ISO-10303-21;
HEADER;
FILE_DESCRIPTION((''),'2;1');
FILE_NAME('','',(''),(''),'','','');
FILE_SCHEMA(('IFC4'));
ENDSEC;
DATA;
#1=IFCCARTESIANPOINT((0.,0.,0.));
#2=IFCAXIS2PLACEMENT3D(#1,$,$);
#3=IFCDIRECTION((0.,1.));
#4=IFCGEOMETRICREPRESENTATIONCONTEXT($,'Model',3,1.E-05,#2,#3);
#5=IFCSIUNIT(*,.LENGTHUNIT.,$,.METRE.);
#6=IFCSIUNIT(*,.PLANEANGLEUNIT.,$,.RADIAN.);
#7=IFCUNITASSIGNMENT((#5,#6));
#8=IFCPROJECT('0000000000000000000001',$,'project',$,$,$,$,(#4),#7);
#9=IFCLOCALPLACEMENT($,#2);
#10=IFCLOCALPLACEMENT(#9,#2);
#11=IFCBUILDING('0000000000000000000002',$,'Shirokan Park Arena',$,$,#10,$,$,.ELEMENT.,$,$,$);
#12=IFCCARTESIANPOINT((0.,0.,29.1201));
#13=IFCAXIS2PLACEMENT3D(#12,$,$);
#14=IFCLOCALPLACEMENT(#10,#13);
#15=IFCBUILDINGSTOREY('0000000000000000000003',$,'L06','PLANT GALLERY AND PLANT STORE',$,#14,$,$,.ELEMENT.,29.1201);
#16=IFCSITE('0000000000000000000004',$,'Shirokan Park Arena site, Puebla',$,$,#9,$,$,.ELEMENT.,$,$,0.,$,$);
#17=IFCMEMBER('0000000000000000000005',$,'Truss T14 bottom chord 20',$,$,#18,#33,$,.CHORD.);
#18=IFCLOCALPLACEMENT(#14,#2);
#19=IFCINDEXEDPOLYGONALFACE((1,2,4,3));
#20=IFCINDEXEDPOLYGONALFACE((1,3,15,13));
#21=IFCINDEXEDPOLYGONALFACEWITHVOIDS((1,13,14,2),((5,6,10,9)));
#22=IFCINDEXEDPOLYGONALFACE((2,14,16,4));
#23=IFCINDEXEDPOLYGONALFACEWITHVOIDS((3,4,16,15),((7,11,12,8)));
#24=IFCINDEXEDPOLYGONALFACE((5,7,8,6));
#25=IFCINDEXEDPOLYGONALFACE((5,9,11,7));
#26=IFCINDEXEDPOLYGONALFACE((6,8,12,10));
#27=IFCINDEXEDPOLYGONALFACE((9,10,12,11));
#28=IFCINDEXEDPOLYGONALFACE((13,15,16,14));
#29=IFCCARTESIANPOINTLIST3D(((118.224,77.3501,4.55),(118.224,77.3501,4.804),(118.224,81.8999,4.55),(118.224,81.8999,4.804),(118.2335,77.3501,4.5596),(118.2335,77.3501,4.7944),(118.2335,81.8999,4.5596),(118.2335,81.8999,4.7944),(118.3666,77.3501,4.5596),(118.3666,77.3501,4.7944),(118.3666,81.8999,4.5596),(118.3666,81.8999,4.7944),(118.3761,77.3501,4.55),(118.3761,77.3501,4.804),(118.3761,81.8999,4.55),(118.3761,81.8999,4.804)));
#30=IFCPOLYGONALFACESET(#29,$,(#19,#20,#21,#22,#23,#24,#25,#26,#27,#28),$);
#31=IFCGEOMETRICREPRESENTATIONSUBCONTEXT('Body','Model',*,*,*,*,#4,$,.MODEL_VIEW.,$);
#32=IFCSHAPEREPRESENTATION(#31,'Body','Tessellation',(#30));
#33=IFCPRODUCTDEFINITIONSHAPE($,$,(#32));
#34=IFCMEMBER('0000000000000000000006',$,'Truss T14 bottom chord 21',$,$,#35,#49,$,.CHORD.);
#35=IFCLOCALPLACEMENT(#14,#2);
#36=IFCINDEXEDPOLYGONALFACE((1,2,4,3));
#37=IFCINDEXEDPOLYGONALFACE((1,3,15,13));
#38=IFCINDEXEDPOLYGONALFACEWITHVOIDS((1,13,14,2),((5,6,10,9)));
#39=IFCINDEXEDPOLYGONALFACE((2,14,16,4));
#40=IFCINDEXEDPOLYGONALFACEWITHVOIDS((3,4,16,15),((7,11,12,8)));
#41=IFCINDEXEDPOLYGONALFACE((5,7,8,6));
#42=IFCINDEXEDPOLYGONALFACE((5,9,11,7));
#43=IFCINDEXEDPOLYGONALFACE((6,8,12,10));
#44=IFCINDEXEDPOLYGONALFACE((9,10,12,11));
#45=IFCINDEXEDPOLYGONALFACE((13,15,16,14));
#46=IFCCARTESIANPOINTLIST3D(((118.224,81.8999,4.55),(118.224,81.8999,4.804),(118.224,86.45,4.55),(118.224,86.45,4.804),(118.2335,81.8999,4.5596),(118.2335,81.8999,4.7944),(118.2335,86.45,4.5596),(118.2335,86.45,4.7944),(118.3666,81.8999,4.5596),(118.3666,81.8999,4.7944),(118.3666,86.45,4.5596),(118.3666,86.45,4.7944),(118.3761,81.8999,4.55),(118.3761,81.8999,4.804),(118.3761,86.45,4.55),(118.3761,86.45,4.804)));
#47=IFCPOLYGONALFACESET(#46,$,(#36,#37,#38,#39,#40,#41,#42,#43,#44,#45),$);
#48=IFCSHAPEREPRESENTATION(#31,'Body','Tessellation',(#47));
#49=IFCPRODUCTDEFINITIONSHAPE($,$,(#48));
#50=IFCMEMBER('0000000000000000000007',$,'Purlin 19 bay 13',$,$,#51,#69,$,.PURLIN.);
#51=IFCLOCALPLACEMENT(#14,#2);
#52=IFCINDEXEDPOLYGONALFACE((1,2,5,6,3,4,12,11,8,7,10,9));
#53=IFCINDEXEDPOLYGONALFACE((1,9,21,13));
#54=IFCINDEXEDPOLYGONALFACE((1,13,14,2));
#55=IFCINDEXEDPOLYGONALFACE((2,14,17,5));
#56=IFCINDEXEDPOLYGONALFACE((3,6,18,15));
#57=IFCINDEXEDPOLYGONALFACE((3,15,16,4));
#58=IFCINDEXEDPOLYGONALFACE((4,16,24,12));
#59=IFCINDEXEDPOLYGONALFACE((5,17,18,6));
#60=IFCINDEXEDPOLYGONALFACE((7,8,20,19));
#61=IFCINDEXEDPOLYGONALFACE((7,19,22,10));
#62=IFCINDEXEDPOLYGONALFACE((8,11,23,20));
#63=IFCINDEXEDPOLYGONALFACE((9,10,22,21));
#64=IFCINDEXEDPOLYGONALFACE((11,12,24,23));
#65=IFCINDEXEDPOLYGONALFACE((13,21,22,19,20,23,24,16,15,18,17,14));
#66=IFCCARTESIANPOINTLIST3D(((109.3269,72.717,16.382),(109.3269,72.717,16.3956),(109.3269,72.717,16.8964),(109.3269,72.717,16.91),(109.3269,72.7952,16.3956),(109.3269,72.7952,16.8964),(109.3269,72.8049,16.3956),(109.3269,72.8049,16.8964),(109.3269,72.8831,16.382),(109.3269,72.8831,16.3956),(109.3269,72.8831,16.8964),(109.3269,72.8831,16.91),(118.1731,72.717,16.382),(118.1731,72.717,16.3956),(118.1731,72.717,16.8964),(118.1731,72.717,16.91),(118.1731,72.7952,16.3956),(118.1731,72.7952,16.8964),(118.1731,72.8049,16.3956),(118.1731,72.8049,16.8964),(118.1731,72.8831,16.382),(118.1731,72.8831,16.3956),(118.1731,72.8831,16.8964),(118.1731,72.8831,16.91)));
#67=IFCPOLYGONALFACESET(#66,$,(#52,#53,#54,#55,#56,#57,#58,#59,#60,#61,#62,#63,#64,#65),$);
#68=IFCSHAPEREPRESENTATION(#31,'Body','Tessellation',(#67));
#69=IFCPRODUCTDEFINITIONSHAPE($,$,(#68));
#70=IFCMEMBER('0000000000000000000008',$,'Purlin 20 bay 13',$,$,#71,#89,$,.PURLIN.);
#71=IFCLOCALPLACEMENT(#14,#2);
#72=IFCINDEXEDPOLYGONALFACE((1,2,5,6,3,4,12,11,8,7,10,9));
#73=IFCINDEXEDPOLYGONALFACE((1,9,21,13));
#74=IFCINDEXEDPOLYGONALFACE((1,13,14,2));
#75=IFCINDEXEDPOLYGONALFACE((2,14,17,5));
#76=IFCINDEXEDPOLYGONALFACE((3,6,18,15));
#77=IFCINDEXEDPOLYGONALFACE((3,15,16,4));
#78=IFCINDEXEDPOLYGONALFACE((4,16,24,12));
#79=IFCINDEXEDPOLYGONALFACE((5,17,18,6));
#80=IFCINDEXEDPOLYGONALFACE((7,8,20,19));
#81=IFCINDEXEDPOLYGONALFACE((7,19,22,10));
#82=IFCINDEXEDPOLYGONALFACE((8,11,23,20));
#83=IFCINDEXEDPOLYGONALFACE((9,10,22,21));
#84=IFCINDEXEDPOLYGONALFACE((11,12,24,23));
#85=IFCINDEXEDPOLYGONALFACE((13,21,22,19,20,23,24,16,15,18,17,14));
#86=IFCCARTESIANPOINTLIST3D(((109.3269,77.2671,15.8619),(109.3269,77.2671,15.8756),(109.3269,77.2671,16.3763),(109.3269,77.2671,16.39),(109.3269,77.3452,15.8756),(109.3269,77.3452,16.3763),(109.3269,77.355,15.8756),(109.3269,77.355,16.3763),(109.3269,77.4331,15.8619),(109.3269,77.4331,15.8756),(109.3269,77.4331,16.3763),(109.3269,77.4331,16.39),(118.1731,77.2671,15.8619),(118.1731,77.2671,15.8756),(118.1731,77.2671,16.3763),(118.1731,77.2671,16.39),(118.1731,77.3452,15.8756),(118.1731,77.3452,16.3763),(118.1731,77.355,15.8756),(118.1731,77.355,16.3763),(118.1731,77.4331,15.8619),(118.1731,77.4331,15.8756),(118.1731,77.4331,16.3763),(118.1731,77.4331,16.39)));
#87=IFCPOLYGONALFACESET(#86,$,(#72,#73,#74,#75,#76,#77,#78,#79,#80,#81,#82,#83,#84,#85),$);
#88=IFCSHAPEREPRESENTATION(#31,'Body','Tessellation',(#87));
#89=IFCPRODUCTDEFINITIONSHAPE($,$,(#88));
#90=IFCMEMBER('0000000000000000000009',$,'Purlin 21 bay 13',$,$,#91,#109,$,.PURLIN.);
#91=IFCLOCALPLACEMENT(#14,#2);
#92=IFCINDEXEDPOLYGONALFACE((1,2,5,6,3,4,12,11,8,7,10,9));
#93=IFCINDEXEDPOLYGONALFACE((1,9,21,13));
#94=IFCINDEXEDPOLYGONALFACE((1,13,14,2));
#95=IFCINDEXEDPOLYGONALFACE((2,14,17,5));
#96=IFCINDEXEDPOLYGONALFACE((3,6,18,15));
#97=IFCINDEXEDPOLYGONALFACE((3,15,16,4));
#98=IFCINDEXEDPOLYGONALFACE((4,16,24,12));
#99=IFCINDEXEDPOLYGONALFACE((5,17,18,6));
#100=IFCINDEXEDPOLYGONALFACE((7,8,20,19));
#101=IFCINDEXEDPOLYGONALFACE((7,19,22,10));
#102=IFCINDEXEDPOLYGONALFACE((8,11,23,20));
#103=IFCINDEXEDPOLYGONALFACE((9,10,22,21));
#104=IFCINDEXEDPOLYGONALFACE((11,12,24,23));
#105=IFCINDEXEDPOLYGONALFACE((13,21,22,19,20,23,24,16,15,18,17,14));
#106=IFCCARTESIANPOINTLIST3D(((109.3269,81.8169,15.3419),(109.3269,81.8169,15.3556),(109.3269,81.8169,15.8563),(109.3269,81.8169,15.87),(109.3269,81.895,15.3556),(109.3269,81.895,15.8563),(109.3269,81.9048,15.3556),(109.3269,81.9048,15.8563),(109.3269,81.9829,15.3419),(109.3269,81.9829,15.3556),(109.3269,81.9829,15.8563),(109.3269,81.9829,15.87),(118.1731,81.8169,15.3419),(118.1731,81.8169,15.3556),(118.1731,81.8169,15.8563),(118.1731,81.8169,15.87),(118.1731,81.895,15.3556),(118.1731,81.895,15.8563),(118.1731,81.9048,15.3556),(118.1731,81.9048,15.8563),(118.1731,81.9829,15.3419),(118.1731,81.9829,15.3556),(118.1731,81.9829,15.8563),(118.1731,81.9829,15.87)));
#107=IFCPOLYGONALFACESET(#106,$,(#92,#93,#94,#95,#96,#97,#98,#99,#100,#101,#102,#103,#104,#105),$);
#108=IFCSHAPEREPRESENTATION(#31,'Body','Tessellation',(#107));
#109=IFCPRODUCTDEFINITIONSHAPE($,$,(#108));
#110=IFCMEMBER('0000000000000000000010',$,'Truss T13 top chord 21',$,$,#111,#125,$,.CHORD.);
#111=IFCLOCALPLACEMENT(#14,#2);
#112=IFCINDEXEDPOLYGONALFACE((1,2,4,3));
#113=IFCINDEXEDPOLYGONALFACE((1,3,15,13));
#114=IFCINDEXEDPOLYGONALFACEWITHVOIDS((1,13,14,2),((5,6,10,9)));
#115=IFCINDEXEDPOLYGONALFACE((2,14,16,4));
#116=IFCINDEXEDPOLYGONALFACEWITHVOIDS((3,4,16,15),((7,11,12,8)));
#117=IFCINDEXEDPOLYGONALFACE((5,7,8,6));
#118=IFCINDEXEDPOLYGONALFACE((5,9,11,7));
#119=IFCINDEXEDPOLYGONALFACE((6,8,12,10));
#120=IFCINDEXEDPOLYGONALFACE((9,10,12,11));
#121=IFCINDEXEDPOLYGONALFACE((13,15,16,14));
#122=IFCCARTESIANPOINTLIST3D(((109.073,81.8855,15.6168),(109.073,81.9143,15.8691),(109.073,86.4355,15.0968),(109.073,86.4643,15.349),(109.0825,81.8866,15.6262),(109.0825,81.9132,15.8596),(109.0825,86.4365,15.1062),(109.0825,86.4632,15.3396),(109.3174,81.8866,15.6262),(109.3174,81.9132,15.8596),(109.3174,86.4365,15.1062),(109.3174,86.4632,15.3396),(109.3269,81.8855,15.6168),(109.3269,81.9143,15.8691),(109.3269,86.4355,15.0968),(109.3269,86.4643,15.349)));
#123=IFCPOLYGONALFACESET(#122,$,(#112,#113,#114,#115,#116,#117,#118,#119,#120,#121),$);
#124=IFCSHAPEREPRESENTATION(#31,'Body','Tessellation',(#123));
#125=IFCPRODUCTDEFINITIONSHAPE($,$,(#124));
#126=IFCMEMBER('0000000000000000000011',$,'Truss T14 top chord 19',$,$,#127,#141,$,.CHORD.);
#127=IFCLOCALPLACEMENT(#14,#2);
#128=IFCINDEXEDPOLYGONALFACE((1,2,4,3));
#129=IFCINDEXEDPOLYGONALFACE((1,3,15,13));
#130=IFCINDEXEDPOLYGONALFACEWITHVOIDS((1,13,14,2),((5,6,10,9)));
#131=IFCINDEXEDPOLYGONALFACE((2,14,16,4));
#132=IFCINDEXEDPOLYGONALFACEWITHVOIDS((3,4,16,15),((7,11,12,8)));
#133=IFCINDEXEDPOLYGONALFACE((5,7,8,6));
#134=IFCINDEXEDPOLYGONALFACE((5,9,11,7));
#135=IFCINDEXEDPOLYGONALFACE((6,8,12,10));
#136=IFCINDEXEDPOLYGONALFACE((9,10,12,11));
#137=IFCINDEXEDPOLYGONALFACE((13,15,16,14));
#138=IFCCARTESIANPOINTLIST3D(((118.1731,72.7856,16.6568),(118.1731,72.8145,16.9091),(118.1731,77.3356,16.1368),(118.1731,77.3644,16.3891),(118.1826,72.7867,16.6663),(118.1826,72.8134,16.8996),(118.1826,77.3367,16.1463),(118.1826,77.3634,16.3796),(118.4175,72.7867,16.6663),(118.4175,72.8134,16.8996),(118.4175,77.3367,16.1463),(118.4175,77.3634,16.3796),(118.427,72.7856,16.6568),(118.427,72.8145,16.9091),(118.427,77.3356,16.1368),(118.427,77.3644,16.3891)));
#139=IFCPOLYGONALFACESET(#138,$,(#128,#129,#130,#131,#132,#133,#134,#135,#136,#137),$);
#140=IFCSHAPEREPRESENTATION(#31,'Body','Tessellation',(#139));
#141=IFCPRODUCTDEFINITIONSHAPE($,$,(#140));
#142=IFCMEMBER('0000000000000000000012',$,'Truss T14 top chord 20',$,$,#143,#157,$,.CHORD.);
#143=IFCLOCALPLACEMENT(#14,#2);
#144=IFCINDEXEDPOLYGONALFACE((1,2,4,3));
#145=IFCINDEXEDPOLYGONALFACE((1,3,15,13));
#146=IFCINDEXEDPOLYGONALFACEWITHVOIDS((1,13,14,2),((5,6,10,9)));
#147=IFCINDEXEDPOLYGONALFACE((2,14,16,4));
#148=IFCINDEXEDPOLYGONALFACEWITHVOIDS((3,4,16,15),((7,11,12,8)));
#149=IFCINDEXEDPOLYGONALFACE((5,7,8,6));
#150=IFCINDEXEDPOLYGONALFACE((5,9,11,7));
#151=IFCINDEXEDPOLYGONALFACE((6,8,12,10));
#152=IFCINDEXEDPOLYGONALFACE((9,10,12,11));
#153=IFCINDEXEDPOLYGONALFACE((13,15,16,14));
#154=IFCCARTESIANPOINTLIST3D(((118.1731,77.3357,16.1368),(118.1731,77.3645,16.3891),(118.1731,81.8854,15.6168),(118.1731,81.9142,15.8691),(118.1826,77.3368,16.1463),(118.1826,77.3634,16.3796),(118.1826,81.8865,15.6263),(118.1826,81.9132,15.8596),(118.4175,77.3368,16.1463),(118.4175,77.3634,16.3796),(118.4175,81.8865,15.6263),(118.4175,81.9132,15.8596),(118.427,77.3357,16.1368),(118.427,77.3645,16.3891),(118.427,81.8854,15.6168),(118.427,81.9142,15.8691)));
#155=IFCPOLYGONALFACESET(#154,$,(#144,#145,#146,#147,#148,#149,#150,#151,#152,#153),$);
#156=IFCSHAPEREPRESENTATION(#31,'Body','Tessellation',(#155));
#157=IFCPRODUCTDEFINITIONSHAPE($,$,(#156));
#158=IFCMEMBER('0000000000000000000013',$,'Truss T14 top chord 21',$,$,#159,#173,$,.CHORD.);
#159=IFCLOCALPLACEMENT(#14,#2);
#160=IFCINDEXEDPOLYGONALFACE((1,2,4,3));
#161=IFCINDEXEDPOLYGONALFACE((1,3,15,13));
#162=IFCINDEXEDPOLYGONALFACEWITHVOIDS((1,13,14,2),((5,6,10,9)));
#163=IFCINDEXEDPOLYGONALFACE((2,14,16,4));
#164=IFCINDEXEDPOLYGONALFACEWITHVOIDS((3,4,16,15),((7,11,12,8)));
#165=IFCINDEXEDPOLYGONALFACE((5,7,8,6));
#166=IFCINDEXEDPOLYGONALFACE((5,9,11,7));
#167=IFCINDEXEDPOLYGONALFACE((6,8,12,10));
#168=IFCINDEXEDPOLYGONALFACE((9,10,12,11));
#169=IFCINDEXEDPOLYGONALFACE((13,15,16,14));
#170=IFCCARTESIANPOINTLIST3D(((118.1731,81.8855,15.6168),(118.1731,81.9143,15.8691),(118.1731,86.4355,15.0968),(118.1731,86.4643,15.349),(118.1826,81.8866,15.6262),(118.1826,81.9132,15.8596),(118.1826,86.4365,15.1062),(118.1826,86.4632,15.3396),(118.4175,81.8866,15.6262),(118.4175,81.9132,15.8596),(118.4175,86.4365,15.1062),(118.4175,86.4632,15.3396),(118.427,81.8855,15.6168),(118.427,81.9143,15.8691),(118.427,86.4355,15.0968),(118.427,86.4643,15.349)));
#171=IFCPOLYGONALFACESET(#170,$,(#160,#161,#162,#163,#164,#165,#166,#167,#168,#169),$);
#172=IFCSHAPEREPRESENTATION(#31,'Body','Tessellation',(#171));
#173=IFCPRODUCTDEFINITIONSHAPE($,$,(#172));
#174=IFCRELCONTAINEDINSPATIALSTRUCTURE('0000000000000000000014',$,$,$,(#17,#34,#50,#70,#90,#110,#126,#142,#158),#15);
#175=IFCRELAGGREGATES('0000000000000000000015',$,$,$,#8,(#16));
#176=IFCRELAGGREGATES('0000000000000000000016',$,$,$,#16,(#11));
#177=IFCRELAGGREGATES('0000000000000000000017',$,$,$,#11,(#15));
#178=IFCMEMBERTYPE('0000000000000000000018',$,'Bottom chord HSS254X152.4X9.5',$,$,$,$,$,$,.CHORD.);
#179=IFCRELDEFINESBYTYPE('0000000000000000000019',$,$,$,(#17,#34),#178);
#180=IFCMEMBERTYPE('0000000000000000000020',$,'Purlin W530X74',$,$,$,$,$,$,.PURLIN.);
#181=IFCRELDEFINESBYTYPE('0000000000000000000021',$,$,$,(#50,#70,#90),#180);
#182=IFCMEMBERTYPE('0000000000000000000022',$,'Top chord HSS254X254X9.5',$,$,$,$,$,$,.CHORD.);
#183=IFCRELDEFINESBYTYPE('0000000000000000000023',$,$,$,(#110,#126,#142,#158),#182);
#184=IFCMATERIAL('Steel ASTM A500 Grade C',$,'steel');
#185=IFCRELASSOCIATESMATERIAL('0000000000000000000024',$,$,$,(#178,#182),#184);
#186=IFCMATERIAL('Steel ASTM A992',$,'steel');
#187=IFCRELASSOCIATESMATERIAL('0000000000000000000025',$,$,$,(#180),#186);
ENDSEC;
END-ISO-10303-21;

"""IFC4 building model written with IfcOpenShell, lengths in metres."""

from ifc_helpers import new_model, si_unit, direction, frame, origin, origin_2d, place, context, subcontext, project, spatial, hollow_rectangle, i_section, extrude, material, material_profile, profile_set, type_object, element, save


model = new_model("IFC4")

# Units and contexts
model_context = context("Model", 3, precision=1e-05, world=origin(), true_north=direction((0.0, 1.0)))
body_context = subcontext(model_context, "Body", "Model", "MODEL_VIEW")
ifc_project = project(units=[si_unit("LENGTHUNIT", "METRE"), si_unit("PLANEANGLEUNIT", "RADIAN")], contexts=[model_context])

# Site, building, storey
site_placement = place(None, origin())
site = spatial("IfcSite", under=ifc_project, at=site_placement, Name="Shirokan Park Arena site, Puebla", CompositionType="ELEMENT", RefElevation=0.0)
building_placement = place(site_placement, origin())
building = spatial("IfcBuilding", under=site, at=building_placement, Name="Shirokan Park Arena", CompositionType="ELEMENT")
storey_placement = place(building_placement, frame((0.0, 0.0, 29.1201)))
storey = spatial("IfcBuildingStorey", under=building, at=storey_placement, Name="L06", Description="PLANT GALLERY AND PLANT STORE", CompositionType="ELEMENT", Elevation=29.1201)

# Members
ifc_material_1 = material(Name="Steel ASTM A500 Grade C", Category="steel")
ifc_material_profile_1 = material_profile(ifc_material_1, hollow_rectangle(XDim=0.1521, YDim=0.2539, WallThickness=0.0095, at=origin_2d()), Name="HSS254X152.4X9.5")
ifc_profile_set_1 = profile_set([ifc_material_profile_1], Name="Steel ASTM A500 Grade C")
member_type_1 = type_object("IfcMemberType", Name="Bottom chord HSS254X152.4X9.5", PredefinedType="CHORD", material=ifc_profile_set_1)
member_1_placement = place(storey_placement, frame((118.3, 77.3501, 4.677), z_axis=(0.0, 1.0, 0.0), x_axis=(-1.0, 0.0, 0.0)))
element("IfcMember", 1, at=member_1_placement, inside=storey, type_object=member_type_1, Name="Truss T14 bottom chord 20", PredefinedType="CHORD", context=body_context, shape_type="SweptSolid", body=[
    extrude(hollow_rectangle(XDim=0.1521, YDim=0.2539, WallThickness=0.0095, at=origin_2d()), origin(), (0.0, 0.0, 1.0), 4.5498),
])
member_2_placement = place(storey_placement, frame((118.3, 81.8999, 4.677), z_axis=(0.0, 1.0, 0.0), x_axis=(-1.0, 0.0, 0.0)))
element("IfcMember", 2, at=member_2_placement, inside=storey, type_object=member_type_1, Name="Truss T14 bottom chord 21", PredefinedType="CHORD", context=body_context, shape_type="SweptSolid", body=[
    extrude(hollow_rectangle(XDim=0.1521, YDim=0.2539, WallThickness=0.0095, at=origin_2d()), origin(), (0.0, 0.0, 1.0), 4.55),
])
ifc_material_2 = material(Name="Steel ASTM A992", Category="steel")
ifc_material_profile_2 = material_profile(ifc_material_2, i_section(OverallWidth=0.166, OverallDepth=0.5281, WebThickness=0.0098, FlangeThickness=0.0137, at=origin_2d()), Name="W530X74")
ifc_profile_set_2 = profile_set([ifc_material_profile_2], Name="Steel ASTM A992")
member_type_2 = type_object("IfcMemberType", Name="Purlin W530X74", PredefinedType="PURLIN", material=ifc_profile_set_2)
for number, where, z_axis, x_axis, name in (
    (3, (109.3269, 72.8, 16.646), (1.0, 0.0, 0.0), (0.0, 1.0, 0.0), "Purlin 19 bay 13"),
    (4, (109.3269, 77.3501, 16.126), (1.0, 0.0, 0.0), (0.0, 1.0, 0.0), "Purlin 20 bay 13"),
    (5, (109.3269, 81.8999, 15.606), (1.0, 0.0, 0.0), (0.0, 1.0, 0.0), "Purlin 21 bay 13"),
):
    element("IfcMember", number, at=place(storey_placement, frame(where, z_axis=z_axis, x_axis=x_axis)), inside=storey, type_object=member_type_2, Name=name, PredefinedType="PURLIN", context=body_context, shape_type="SweptSolid", body=[
        extrude(i_section(OverallWidth=0.166, OverallDepth=0.5281, WebThickness=0.0098, FlangeThickness=0.0137, at=origin_2d()), origin(), (0.0, 0.0, 1.0), 8.8462),
    ])
ifc_material_profile_3 = material_profile(ifc_material_1, hollow_rectangle(XDim=0.2539, YDim=0.2539, WallThickness=0.0095, at=origin_2d()), Name="HSS254X254X9.5")
ifc_profile_set_3 = profile_set([ifc_material_profile_3], Name="Steel ASTM A500 Grade C")
member_type_3 = type_object("IfcMemberType", Name="Top chord HSS254X254X9.5", PredefinedType="CHORD", material=ifc_profile_set_3)
for number, where, z_axis, x_axis, name in (
    (6, (109.2, 81.8999, 15.7429), (0.0, 0.993532, -0.11355), (-1.0, 0.0, 0.0), "Truss T13 top chord 21"),
    (7, (118.3, 72.8, 16.783), (0.0, 0.993532, -0.11355), (-1.0, 0.0, 0.0), "Truss T14 top chord 19"),
):
    element("IfcMember", number, at=place(storey_placement, frame(where, z_axis=z_axis, x_axis=x_axis)), inside=storey, type_object=member_type_3, Name=name, PredefinedType="CHORD", context=body_context, shape_type="SweptSolid", body=[
        extrude(hollow_rectangle(XDim=0.2539, YDim=0.2539, WallThickness=0.0095, at=origin_2d()), origin(), (0.0, 0.0, 1.0), 4.5796),
    ])
member_3_placement = place(storey_placement, frame((118.3, 77.3501, 16.2629), z_axis=(0.0, 0.993532, -0.113556), x_axis=(-1.0, 0.0, 0.0)))
element("IfcMember", 8, at=member_3_placement, inside=storey, type_object=member_type_3, Name="Truss T14 top chord 20", PredefinedType="CHORD", context=body_context, shape_type="SweptSolid", body=[
    extrude(hollow_rectangle(XDim=0.2539, YDim=0.2539, WallThickness=0.0095, at=origin_2d()), origin(), (0.0, 0.0, 1.0), 4.5793),
])
member_4_placement = place(storey_placement, frame((118.3, 81.8999, 15.7429), z_axis=(0.0, 0.993532, -0.11355), x_axis=(-1.0, 0.0, 0.0)))
element("IfcMember", 9, at=member_4_placement, inside=storey, type_object=member_type_3, Name="Truss T14 top chord 21", PredefinedType="CHORD", context=body_context, shape_type="SweptSolid", body=[
    extrude(hollow_rectangle(XDim=0.2539, YDim=0.2539, WallThickness=0.0095, at=origin_2d()), origin(), (0.0, 0.0, 1.0), 4.5796),
])

save(model, "model.ifc")
